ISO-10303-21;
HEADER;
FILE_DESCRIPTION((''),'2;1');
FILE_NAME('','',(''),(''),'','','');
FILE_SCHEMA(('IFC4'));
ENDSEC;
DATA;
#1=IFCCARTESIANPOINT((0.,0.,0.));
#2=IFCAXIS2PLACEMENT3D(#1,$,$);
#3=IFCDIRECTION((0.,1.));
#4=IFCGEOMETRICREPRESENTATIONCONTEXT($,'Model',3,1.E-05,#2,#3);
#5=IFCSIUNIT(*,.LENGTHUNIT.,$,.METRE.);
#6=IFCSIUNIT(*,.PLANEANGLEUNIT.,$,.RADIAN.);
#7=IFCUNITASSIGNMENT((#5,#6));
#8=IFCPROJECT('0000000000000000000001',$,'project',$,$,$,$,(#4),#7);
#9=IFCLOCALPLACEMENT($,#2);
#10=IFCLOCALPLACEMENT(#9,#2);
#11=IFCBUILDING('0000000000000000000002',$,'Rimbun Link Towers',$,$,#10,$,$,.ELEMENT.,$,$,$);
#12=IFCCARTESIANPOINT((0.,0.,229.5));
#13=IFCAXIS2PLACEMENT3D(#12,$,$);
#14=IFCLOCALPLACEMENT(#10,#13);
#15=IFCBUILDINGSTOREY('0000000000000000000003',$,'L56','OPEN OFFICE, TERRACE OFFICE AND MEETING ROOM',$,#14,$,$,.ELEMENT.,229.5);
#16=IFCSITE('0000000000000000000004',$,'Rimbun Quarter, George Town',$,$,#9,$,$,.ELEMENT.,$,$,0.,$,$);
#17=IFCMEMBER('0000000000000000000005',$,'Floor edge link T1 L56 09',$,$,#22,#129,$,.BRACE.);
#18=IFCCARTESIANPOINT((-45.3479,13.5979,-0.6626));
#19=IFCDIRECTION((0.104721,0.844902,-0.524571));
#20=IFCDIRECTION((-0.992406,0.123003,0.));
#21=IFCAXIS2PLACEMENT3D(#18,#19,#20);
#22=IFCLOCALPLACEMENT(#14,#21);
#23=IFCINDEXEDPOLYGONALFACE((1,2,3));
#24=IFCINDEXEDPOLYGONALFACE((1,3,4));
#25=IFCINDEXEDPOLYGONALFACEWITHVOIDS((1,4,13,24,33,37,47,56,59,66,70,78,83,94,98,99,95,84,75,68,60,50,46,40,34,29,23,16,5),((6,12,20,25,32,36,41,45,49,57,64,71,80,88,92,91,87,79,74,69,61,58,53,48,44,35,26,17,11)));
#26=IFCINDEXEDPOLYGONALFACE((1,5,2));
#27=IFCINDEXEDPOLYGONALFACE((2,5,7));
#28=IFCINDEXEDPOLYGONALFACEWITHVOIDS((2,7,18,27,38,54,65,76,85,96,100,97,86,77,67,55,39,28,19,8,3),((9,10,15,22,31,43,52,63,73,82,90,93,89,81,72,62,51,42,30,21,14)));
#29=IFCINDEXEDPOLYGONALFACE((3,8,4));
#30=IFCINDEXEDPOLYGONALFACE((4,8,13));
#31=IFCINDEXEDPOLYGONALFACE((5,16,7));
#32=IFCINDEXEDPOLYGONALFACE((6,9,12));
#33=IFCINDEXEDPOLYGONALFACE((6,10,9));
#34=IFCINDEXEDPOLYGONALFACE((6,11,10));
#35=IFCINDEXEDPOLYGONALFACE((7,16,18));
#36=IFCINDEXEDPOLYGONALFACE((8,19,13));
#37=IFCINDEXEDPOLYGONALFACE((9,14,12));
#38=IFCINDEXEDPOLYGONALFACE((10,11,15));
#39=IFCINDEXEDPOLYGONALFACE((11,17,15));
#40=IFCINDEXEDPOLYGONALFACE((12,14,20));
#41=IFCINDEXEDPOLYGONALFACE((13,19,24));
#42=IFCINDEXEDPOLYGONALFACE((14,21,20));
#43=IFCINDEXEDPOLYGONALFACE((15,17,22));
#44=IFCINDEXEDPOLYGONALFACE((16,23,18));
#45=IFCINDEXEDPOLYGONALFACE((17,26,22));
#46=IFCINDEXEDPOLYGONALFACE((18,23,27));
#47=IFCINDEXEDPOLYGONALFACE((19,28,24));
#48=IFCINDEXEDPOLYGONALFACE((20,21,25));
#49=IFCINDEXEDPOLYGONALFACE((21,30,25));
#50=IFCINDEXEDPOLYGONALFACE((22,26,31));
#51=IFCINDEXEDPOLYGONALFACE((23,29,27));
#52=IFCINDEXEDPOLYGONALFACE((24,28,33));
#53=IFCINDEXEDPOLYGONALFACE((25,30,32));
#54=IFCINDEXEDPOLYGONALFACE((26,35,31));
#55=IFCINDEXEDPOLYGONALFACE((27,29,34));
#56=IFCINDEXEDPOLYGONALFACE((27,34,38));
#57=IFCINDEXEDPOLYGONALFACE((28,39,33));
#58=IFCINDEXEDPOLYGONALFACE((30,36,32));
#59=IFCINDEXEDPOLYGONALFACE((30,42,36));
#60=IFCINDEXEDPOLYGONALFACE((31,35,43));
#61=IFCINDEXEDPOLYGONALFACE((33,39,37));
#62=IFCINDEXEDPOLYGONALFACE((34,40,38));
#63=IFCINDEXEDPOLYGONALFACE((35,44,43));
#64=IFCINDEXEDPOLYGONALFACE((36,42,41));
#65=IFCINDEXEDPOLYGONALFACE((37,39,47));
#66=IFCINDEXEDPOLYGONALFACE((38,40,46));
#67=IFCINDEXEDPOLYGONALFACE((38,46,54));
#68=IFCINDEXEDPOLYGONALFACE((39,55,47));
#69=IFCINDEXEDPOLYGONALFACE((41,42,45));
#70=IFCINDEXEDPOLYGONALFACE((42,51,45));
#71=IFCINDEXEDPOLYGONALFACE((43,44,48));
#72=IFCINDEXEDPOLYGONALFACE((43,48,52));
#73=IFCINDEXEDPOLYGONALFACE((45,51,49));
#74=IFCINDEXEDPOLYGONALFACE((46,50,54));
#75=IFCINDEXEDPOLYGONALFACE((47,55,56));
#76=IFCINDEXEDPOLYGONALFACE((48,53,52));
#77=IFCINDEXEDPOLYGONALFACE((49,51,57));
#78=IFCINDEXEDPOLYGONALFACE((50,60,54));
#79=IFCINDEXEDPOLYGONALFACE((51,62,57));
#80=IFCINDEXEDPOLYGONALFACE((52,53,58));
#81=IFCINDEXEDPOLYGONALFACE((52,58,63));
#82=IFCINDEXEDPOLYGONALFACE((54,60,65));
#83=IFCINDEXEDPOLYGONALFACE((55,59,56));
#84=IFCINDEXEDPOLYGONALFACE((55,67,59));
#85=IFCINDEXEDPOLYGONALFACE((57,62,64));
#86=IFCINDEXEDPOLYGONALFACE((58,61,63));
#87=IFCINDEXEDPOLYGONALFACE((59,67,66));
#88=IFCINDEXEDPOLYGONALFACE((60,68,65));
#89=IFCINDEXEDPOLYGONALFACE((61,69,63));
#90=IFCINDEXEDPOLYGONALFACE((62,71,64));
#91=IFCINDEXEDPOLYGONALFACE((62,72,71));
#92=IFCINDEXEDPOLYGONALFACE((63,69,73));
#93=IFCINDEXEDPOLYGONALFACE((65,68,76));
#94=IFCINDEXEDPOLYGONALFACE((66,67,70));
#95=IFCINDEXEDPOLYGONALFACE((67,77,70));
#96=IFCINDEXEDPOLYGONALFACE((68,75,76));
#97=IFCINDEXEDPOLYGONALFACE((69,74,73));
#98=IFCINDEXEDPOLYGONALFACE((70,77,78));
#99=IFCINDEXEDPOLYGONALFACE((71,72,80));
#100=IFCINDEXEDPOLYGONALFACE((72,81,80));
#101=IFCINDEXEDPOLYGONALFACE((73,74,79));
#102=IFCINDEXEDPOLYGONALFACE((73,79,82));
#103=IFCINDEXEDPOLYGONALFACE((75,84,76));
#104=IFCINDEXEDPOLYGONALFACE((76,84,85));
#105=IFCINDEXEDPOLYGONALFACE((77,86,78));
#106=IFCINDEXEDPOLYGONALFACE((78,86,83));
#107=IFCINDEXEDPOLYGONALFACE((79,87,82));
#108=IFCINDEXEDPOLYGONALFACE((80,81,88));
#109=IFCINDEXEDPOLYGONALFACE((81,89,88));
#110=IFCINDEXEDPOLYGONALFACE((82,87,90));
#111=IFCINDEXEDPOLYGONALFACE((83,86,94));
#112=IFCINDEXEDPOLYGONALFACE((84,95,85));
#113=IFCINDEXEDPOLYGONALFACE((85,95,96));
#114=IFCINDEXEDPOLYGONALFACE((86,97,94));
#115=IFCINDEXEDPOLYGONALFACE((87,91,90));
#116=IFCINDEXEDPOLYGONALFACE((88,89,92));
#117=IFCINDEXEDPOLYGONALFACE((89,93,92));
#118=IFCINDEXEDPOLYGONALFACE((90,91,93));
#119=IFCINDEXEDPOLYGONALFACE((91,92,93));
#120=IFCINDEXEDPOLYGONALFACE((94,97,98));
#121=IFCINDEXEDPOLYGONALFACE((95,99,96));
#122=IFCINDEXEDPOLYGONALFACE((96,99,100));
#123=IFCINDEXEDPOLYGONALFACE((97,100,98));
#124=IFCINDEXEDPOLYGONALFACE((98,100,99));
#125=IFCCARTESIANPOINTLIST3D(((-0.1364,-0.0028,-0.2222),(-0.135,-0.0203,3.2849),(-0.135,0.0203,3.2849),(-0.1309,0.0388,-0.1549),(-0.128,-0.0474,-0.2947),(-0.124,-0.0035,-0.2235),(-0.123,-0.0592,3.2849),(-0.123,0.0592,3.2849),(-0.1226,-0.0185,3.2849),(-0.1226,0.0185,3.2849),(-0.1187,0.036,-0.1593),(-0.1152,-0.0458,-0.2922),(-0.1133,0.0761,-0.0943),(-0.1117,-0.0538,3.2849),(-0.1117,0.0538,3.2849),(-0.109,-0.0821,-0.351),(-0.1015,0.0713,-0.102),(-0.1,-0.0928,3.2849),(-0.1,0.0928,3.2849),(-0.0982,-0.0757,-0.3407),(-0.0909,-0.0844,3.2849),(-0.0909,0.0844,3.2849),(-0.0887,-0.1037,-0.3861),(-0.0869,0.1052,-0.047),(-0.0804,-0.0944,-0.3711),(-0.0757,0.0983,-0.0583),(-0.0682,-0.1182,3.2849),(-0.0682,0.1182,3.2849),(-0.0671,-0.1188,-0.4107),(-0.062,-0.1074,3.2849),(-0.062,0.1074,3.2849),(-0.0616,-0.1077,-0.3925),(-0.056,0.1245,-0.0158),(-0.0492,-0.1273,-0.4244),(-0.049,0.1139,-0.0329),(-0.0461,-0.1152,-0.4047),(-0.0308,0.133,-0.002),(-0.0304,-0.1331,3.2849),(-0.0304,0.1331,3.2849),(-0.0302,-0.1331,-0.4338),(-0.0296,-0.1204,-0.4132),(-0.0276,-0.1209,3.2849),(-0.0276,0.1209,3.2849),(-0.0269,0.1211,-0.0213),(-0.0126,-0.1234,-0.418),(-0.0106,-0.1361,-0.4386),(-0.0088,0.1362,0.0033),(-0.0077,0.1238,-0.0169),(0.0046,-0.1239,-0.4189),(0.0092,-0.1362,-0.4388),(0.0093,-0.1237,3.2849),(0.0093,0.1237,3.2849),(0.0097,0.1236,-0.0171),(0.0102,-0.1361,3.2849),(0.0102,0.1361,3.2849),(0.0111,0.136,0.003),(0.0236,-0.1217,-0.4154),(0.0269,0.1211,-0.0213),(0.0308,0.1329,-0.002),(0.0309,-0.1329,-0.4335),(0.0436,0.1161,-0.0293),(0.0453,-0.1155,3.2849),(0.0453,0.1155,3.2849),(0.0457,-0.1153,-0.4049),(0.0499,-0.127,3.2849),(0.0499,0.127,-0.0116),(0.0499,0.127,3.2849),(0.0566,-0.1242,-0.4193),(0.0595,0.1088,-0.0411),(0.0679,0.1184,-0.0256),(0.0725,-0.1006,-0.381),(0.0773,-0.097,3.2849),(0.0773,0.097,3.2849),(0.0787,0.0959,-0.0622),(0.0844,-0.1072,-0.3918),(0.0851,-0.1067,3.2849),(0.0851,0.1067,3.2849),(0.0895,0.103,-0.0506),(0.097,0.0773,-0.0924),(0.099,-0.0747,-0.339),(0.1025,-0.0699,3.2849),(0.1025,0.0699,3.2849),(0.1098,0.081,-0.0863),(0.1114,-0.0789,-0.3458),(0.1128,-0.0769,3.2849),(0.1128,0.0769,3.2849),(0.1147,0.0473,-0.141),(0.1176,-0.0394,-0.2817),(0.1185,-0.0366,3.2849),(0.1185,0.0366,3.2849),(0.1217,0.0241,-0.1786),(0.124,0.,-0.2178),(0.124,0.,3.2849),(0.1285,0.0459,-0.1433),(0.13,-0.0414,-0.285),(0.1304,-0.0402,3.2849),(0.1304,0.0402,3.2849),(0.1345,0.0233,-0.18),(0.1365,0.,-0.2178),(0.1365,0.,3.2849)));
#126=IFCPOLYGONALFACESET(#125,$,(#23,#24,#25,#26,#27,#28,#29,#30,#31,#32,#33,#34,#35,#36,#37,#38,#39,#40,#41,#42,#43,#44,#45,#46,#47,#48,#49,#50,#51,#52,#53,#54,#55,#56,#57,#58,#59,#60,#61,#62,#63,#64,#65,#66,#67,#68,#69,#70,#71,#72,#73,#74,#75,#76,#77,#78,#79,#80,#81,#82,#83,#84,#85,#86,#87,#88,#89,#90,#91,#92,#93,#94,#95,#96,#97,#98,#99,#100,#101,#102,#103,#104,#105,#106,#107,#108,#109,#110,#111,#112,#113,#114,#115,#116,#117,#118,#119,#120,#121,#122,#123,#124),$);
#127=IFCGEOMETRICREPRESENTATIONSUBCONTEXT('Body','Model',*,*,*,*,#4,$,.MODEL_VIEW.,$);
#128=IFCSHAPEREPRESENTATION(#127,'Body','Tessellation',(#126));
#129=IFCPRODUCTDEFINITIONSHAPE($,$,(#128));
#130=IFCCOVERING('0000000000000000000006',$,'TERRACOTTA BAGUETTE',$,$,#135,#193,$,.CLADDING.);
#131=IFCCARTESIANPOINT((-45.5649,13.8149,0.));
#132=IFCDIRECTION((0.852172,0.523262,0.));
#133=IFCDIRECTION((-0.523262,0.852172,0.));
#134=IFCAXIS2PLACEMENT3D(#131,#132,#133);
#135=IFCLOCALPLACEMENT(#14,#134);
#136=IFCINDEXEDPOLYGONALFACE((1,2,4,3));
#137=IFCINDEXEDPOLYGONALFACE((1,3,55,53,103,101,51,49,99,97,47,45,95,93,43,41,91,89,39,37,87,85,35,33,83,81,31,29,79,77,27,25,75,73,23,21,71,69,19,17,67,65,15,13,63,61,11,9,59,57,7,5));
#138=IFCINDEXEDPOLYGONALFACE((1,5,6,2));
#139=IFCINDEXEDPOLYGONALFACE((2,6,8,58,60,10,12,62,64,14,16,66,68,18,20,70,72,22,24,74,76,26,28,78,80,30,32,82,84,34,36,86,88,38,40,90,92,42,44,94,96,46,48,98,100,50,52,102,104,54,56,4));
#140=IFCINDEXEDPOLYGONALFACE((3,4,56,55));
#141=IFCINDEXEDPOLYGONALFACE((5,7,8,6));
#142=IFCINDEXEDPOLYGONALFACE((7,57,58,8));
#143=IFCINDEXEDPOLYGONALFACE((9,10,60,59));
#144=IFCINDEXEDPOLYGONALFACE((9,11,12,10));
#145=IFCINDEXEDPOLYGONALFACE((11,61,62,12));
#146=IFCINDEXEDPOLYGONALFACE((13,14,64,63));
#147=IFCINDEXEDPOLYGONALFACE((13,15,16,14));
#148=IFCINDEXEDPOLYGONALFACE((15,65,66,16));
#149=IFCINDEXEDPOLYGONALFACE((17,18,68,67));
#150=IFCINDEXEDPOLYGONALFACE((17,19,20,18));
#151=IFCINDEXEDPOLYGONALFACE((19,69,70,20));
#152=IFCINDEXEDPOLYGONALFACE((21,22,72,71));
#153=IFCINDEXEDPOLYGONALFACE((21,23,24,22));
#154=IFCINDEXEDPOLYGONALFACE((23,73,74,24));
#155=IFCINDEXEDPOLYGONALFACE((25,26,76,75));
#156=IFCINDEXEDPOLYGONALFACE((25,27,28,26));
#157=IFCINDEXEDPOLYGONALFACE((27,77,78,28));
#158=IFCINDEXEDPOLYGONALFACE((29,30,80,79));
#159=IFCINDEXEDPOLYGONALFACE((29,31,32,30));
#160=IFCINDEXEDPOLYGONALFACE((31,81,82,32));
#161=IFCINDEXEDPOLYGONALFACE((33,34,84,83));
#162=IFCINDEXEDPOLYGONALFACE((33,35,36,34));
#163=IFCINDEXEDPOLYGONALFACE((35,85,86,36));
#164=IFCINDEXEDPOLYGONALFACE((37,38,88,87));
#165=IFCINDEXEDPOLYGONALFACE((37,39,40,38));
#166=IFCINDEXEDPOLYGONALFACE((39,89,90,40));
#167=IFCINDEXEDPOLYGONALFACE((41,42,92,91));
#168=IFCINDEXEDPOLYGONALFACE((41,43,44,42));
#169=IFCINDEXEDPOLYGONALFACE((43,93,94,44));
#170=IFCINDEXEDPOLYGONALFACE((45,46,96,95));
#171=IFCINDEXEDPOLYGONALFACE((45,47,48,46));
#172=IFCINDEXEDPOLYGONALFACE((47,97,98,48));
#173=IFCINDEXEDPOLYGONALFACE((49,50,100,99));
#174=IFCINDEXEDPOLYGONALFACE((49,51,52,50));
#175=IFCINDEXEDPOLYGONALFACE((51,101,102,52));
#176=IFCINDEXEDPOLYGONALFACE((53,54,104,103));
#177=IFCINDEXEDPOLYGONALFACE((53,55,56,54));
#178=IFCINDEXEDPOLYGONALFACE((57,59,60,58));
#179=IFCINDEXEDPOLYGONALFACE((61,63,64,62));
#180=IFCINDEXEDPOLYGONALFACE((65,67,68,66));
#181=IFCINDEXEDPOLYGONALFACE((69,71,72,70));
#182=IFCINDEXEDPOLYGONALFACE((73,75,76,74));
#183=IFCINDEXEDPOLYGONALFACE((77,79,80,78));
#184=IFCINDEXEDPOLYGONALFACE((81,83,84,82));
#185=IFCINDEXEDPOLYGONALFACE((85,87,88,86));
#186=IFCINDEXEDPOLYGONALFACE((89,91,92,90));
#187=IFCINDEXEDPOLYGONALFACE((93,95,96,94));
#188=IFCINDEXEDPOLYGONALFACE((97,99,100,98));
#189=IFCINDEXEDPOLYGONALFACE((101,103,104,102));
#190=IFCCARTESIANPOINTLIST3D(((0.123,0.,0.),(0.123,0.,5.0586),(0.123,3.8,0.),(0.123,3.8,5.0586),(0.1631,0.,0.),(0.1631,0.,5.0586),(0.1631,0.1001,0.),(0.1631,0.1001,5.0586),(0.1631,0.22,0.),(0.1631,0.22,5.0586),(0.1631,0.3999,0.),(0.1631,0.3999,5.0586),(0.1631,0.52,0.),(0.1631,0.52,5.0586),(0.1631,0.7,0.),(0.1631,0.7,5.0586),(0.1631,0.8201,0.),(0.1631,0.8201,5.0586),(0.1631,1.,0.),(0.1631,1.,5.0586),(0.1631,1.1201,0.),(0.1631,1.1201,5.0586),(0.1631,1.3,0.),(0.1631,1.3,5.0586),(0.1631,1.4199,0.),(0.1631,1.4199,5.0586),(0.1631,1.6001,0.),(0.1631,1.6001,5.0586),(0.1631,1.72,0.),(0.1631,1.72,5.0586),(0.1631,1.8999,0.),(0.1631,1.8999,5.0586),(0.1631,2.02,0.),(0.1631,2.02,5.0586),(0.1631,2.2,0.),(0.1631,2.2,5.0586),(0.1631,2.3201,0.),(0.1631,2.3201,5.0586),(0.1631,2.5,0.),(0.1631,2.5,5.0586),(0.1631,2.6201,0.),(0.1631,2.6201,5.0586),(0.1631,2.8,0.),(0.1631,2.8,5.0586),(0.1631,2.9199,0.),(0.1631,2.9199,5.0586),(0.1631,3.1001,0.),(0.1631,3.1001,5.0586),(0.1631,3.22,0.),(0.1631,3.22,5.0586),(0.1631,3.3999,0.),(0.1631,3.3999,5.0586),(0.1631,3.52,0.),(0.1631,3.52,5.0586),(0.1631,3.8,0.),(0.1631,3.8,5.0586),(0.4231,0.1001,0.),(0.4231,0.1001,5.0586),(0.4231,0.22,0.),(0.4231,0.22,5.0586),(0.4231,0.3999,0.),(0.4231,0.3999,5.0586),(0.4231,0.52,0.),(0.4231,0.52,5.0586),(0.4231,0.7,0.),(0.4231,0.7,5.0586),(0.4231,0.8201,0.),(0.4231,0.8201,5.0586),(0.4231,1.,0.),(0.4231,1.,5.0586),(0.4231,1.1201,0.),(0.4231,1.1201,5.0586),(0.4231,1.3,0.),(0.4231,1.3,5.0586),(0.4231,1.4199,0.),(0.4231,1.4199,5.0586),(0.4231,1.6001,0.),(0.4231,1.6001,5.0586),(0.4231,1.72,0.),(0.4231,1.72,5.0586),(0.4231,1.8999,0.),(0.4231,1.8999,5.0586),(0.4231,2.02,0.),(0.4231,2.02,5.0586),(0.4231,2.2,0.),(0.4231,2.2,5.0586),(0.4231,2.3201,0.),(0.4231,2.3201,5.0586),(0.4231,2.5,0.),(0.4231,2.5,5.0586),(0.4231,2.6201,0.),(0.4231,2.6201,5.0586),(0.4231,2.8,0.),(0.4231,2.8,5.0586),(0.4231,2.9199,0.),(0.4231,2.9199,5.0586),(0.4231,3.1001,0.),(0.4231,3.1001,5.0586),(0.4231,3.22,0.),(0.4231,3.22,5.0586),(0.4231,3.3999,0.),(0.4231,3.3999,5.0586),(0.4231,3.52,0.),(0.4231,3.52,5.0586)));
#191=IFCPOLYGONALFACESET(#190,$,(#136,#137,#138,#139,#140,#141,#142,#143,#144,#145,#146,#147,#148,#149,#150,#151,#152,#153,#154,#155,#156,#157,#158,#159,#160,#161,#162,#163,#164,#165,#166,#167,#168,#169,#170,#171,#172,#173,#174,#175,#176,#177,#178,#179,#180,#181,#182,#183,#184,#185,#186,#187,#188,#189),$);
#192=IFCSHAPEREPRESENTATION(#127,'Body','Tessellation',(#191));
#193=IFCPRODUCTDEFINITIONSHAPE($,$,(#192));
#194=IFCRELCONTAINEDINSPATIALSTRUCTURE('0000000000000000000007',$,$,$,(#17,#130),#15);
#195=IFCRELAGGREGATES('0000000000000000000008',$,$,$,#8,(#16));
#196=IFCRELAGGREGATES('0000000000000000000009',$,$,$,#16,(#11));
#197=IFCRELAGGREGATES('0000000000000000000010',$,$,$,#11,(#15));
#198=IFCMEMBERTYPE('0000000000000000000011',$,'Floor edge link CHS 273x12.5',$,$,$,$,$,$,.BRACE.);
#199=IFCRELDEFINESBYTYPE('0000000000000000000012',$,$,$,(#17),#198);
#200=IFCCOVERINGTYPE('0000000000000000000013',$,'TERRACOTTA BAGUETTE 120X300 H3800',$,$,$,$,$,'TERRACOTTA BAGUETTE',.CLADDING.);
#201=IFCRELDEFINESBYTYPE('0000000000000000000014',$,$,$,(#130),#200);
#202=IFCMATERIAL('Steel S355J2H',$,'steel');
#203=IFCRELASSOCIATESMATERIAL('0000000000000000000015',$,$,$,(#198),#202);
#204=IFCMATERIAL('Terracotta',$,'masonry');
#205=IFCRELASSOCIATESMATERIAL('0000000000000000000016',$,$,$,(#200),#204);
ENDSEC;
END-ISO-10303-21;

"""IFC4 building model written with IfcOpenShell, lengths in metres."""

from ifc_helpers import new_model, si_unit, direction, frame, origin, origin_2d, place, context, subcontext, project, spatial, polyline, hollow_circle, outline, extrude, clip, halfspace, material, material_profile, profile_set, type_object, element, save


model = new_model("IFC4")

# Units and contexts
model_context = context("Model", 3, precision=1e-05, world=origin(), true_north=direction((0.0, 1.0)))
body_context = subcontext(model_context, "Body", "Model", "MODEL_VIEW")
ifc_project = project(units=[si_unit("LENGTHUNIT", "METRE"), si_unit("PLANEANGLEUNIT", "RADIAN")], contexts=[model_context])

# Site, building, storey
site_placement = place(None, origin())
site = spatial("IfcSite", under=ifc_project, at=site_placement, Name="Rimbun Quarter, George Town", CompositionType="ELEMENT", RefElevation=0.0)
building_placement = place(site_placement, origin())
building = spatial("IfcBuilding", under=site, at=building_placement, Name="Rimbun Link Towers", CompositionType="ELEMENT")
storey_placement = place(building_placement, frame((0.0, 0.0, 229.5)))
storey = spatial("IfcBuildingStorey", under=building, at=storey_placement, Name="L56", Description="OPEN OFFICE, TERRACE OFFICE AND MEETING ROOM", CompositionType="ELEMENT", Elevation=229.5)

# Member
ifc_material_1 = material(Name="Steel S355J2H", Category="steel")
ifc_material_profile_1 = material_profile(ifc_material_1, hollow_circle(Radius=0.1365, WallThickness=0.0125, at=origin_2d()), Name="CHS 273x12.5")
ifc_profile_set_1 = profile_set([ifc_material_profile_1], Name="Steel S355J2H")
member_type_1 = type_object("IfcMemberType", Name="Floor edge link CHS 273x12.5", PredefinedType="BRACE", material=ifc_profile_set_1)
member_1_placement = place(storey_placement, frame((-45.3479, 13.5979, -0.6626), z_axis=(0.104721, 0.844902, -0.524571), x_axis=(-0.992406, 0.123003, 0.0)))
element("IfcMember", 1, at=member_1_placement, inside=storey, type_object=member_type_1, Name="Floor edge link T1 L56 09", PredefinedType="BRACE", context=body_context, shape_type="Clipping", body=[
    clip(extrude(hollow_circle(Radius=0.1365, WallThickness=0.0125, at=origin_2d()), frame((0.0, 0.0, -0.4622)), (0.0, 0.0, 1.0), 3.7471), halfspace(frame((0.0, 0.0, -0.2178), z_axis=(0.0, 0.851367, -0.524571)), False)),
])

# Covering
ifc_material_2 = material(Name="Terracotta", Category="masonry")
ifc_material_profile_2 = material_profile(ifc_material_2, outline(polyline([(0.123, 0.0), (0.1631, 0.0), (0.1631, 0.1001), (0.4231, 0.1001), (0.4231, 0.22), (0.1631, 0.22), (0.1631, 0.3999), (0.4231, 0.3999), (0.4231, 0.52), (0.1631, 0.52), (0.1631, 0.7), (0.4231, 0.7), (0.4231, 0.8201), (0.1631, 0.8201), (0.1631, 1.0), (0.4231, 1.0), (0.4231, 1.1201), (0.1631, 1.1201), (0.1631, 1.3), (0.4231, 1.3), (0.4231, 1.4199), (0.1631, 1.4199), (0.1631, 1.6001), (0.4231, 1.6001), (0.4231, 1.72), (0.1631, 1.72), (0.1631, 1.8999), (0.4231, 1.8999), (0.4231, 2.02), (0.1631, 2.02), (0.1631, 2.2), (0.4231, 2.2), (0.4231, 2.3201), (0.1631, 2.3201), (0.1631, 2.5), (0.4231, 2.5), (0.4231, 2.6201), (0.1631, 2.6201), (0.1631, 2.8), (0.4231, 2.8), (0.4231, 2.9199), (0.1631, 2.9199), (0.1631, 3.1001), (0.4231, 3.1001), (0.4231, 3.22), (0.1631, 3.22), (0.1631, 3.3999), (0.4231, 3.3999), (0.4231, 3.52), (0.1631, 3.52), (0.1631, 3.8), (0.123, 3.8), (0.123, 0.0)])), Name="BAGUETTE 120X300")
ifc_profile_set_2 = profile_set([ifc_material_profile_2], Name="Terracotta")
covering_type = type_object("IfcCoveringType", Name="TERRACOTTA BAGUETTE 120X300 H3800", ElementType="TERRACOTTA BAGUETTE", PredefinedType="CLADDING", material=ifc_profile_set_2)
covering_1_placement = place(storey_placement, frame((-45.5649, 13.8149, 0.0), z_axis=(0.852172, 0.523262, 0.0), x_axis=(-0.523262, 0.852172, 0.0)))
element("IfcCovering", 2, at=covering_1_placement, inside=storey, type_object=covering_type, Name="TERRACOTTA BAGUETTE", PredefinedType="CLADDING", context=body_context, shape_type="SweptSolid", body=[
    extrude(outline(polyline([(0.123, 0.0), (0.1631, 0.0), (0.1631, 0.1001), (0.4231, 0.1001), (0.4231, 0.22), (0.1631, 0.22), (0.1631, 0.3999), (0.4231, 0.3999), (0.4231, 0.52), (0.1631, 0.52), (0.1631, 0.7), (0.4231, 0.7), (0.4231, 0.8201), (0.1631, 0.8201), (0.1631, 1.0), (0.4231, 1.0), (0.4231, 1.1201), (0.1631, 1.1201), (0.1631, 1.3), (0.4231, 1.3), (0.4231, 1.4199), (0.1631, 1.4199), (0.1631, 1.6001), (0.4231, 1.6001), (0.4231, 1.72), (0.1631, 1.72), (0.1631, 1.8999), (0.4231, 1.8999), (0.4231, 2.02), (0.1631, 2.02), (0.1631, 2.2), (0.4231, 2.2), (0.4231, 2.3201), (0.1631, 2.3201), (0.1631, 2.5), (0.4231, 2.5), (0.4231, 2.6201), (0.1631, 2.6201), (0.1631, 2.8), (0.4231, 2.8), (0.4231, 2.9199), (0.1631, 2.9199), (0.1631, 3.1001), (0.4231, 3.1001), (0.4231, 3.22), (0.1631, 3.22), (0.1631, 3.3999), (0.4231, 3.3999), (0.4231, 3.52), (0.1631, 3.52), (0.1631, 3.8), (0.123, 3.8), (0.123, 0.0)])), origin(), (0.0, 0.0, 1.0), 5.0586),
])

save(model, "model.ifc")
